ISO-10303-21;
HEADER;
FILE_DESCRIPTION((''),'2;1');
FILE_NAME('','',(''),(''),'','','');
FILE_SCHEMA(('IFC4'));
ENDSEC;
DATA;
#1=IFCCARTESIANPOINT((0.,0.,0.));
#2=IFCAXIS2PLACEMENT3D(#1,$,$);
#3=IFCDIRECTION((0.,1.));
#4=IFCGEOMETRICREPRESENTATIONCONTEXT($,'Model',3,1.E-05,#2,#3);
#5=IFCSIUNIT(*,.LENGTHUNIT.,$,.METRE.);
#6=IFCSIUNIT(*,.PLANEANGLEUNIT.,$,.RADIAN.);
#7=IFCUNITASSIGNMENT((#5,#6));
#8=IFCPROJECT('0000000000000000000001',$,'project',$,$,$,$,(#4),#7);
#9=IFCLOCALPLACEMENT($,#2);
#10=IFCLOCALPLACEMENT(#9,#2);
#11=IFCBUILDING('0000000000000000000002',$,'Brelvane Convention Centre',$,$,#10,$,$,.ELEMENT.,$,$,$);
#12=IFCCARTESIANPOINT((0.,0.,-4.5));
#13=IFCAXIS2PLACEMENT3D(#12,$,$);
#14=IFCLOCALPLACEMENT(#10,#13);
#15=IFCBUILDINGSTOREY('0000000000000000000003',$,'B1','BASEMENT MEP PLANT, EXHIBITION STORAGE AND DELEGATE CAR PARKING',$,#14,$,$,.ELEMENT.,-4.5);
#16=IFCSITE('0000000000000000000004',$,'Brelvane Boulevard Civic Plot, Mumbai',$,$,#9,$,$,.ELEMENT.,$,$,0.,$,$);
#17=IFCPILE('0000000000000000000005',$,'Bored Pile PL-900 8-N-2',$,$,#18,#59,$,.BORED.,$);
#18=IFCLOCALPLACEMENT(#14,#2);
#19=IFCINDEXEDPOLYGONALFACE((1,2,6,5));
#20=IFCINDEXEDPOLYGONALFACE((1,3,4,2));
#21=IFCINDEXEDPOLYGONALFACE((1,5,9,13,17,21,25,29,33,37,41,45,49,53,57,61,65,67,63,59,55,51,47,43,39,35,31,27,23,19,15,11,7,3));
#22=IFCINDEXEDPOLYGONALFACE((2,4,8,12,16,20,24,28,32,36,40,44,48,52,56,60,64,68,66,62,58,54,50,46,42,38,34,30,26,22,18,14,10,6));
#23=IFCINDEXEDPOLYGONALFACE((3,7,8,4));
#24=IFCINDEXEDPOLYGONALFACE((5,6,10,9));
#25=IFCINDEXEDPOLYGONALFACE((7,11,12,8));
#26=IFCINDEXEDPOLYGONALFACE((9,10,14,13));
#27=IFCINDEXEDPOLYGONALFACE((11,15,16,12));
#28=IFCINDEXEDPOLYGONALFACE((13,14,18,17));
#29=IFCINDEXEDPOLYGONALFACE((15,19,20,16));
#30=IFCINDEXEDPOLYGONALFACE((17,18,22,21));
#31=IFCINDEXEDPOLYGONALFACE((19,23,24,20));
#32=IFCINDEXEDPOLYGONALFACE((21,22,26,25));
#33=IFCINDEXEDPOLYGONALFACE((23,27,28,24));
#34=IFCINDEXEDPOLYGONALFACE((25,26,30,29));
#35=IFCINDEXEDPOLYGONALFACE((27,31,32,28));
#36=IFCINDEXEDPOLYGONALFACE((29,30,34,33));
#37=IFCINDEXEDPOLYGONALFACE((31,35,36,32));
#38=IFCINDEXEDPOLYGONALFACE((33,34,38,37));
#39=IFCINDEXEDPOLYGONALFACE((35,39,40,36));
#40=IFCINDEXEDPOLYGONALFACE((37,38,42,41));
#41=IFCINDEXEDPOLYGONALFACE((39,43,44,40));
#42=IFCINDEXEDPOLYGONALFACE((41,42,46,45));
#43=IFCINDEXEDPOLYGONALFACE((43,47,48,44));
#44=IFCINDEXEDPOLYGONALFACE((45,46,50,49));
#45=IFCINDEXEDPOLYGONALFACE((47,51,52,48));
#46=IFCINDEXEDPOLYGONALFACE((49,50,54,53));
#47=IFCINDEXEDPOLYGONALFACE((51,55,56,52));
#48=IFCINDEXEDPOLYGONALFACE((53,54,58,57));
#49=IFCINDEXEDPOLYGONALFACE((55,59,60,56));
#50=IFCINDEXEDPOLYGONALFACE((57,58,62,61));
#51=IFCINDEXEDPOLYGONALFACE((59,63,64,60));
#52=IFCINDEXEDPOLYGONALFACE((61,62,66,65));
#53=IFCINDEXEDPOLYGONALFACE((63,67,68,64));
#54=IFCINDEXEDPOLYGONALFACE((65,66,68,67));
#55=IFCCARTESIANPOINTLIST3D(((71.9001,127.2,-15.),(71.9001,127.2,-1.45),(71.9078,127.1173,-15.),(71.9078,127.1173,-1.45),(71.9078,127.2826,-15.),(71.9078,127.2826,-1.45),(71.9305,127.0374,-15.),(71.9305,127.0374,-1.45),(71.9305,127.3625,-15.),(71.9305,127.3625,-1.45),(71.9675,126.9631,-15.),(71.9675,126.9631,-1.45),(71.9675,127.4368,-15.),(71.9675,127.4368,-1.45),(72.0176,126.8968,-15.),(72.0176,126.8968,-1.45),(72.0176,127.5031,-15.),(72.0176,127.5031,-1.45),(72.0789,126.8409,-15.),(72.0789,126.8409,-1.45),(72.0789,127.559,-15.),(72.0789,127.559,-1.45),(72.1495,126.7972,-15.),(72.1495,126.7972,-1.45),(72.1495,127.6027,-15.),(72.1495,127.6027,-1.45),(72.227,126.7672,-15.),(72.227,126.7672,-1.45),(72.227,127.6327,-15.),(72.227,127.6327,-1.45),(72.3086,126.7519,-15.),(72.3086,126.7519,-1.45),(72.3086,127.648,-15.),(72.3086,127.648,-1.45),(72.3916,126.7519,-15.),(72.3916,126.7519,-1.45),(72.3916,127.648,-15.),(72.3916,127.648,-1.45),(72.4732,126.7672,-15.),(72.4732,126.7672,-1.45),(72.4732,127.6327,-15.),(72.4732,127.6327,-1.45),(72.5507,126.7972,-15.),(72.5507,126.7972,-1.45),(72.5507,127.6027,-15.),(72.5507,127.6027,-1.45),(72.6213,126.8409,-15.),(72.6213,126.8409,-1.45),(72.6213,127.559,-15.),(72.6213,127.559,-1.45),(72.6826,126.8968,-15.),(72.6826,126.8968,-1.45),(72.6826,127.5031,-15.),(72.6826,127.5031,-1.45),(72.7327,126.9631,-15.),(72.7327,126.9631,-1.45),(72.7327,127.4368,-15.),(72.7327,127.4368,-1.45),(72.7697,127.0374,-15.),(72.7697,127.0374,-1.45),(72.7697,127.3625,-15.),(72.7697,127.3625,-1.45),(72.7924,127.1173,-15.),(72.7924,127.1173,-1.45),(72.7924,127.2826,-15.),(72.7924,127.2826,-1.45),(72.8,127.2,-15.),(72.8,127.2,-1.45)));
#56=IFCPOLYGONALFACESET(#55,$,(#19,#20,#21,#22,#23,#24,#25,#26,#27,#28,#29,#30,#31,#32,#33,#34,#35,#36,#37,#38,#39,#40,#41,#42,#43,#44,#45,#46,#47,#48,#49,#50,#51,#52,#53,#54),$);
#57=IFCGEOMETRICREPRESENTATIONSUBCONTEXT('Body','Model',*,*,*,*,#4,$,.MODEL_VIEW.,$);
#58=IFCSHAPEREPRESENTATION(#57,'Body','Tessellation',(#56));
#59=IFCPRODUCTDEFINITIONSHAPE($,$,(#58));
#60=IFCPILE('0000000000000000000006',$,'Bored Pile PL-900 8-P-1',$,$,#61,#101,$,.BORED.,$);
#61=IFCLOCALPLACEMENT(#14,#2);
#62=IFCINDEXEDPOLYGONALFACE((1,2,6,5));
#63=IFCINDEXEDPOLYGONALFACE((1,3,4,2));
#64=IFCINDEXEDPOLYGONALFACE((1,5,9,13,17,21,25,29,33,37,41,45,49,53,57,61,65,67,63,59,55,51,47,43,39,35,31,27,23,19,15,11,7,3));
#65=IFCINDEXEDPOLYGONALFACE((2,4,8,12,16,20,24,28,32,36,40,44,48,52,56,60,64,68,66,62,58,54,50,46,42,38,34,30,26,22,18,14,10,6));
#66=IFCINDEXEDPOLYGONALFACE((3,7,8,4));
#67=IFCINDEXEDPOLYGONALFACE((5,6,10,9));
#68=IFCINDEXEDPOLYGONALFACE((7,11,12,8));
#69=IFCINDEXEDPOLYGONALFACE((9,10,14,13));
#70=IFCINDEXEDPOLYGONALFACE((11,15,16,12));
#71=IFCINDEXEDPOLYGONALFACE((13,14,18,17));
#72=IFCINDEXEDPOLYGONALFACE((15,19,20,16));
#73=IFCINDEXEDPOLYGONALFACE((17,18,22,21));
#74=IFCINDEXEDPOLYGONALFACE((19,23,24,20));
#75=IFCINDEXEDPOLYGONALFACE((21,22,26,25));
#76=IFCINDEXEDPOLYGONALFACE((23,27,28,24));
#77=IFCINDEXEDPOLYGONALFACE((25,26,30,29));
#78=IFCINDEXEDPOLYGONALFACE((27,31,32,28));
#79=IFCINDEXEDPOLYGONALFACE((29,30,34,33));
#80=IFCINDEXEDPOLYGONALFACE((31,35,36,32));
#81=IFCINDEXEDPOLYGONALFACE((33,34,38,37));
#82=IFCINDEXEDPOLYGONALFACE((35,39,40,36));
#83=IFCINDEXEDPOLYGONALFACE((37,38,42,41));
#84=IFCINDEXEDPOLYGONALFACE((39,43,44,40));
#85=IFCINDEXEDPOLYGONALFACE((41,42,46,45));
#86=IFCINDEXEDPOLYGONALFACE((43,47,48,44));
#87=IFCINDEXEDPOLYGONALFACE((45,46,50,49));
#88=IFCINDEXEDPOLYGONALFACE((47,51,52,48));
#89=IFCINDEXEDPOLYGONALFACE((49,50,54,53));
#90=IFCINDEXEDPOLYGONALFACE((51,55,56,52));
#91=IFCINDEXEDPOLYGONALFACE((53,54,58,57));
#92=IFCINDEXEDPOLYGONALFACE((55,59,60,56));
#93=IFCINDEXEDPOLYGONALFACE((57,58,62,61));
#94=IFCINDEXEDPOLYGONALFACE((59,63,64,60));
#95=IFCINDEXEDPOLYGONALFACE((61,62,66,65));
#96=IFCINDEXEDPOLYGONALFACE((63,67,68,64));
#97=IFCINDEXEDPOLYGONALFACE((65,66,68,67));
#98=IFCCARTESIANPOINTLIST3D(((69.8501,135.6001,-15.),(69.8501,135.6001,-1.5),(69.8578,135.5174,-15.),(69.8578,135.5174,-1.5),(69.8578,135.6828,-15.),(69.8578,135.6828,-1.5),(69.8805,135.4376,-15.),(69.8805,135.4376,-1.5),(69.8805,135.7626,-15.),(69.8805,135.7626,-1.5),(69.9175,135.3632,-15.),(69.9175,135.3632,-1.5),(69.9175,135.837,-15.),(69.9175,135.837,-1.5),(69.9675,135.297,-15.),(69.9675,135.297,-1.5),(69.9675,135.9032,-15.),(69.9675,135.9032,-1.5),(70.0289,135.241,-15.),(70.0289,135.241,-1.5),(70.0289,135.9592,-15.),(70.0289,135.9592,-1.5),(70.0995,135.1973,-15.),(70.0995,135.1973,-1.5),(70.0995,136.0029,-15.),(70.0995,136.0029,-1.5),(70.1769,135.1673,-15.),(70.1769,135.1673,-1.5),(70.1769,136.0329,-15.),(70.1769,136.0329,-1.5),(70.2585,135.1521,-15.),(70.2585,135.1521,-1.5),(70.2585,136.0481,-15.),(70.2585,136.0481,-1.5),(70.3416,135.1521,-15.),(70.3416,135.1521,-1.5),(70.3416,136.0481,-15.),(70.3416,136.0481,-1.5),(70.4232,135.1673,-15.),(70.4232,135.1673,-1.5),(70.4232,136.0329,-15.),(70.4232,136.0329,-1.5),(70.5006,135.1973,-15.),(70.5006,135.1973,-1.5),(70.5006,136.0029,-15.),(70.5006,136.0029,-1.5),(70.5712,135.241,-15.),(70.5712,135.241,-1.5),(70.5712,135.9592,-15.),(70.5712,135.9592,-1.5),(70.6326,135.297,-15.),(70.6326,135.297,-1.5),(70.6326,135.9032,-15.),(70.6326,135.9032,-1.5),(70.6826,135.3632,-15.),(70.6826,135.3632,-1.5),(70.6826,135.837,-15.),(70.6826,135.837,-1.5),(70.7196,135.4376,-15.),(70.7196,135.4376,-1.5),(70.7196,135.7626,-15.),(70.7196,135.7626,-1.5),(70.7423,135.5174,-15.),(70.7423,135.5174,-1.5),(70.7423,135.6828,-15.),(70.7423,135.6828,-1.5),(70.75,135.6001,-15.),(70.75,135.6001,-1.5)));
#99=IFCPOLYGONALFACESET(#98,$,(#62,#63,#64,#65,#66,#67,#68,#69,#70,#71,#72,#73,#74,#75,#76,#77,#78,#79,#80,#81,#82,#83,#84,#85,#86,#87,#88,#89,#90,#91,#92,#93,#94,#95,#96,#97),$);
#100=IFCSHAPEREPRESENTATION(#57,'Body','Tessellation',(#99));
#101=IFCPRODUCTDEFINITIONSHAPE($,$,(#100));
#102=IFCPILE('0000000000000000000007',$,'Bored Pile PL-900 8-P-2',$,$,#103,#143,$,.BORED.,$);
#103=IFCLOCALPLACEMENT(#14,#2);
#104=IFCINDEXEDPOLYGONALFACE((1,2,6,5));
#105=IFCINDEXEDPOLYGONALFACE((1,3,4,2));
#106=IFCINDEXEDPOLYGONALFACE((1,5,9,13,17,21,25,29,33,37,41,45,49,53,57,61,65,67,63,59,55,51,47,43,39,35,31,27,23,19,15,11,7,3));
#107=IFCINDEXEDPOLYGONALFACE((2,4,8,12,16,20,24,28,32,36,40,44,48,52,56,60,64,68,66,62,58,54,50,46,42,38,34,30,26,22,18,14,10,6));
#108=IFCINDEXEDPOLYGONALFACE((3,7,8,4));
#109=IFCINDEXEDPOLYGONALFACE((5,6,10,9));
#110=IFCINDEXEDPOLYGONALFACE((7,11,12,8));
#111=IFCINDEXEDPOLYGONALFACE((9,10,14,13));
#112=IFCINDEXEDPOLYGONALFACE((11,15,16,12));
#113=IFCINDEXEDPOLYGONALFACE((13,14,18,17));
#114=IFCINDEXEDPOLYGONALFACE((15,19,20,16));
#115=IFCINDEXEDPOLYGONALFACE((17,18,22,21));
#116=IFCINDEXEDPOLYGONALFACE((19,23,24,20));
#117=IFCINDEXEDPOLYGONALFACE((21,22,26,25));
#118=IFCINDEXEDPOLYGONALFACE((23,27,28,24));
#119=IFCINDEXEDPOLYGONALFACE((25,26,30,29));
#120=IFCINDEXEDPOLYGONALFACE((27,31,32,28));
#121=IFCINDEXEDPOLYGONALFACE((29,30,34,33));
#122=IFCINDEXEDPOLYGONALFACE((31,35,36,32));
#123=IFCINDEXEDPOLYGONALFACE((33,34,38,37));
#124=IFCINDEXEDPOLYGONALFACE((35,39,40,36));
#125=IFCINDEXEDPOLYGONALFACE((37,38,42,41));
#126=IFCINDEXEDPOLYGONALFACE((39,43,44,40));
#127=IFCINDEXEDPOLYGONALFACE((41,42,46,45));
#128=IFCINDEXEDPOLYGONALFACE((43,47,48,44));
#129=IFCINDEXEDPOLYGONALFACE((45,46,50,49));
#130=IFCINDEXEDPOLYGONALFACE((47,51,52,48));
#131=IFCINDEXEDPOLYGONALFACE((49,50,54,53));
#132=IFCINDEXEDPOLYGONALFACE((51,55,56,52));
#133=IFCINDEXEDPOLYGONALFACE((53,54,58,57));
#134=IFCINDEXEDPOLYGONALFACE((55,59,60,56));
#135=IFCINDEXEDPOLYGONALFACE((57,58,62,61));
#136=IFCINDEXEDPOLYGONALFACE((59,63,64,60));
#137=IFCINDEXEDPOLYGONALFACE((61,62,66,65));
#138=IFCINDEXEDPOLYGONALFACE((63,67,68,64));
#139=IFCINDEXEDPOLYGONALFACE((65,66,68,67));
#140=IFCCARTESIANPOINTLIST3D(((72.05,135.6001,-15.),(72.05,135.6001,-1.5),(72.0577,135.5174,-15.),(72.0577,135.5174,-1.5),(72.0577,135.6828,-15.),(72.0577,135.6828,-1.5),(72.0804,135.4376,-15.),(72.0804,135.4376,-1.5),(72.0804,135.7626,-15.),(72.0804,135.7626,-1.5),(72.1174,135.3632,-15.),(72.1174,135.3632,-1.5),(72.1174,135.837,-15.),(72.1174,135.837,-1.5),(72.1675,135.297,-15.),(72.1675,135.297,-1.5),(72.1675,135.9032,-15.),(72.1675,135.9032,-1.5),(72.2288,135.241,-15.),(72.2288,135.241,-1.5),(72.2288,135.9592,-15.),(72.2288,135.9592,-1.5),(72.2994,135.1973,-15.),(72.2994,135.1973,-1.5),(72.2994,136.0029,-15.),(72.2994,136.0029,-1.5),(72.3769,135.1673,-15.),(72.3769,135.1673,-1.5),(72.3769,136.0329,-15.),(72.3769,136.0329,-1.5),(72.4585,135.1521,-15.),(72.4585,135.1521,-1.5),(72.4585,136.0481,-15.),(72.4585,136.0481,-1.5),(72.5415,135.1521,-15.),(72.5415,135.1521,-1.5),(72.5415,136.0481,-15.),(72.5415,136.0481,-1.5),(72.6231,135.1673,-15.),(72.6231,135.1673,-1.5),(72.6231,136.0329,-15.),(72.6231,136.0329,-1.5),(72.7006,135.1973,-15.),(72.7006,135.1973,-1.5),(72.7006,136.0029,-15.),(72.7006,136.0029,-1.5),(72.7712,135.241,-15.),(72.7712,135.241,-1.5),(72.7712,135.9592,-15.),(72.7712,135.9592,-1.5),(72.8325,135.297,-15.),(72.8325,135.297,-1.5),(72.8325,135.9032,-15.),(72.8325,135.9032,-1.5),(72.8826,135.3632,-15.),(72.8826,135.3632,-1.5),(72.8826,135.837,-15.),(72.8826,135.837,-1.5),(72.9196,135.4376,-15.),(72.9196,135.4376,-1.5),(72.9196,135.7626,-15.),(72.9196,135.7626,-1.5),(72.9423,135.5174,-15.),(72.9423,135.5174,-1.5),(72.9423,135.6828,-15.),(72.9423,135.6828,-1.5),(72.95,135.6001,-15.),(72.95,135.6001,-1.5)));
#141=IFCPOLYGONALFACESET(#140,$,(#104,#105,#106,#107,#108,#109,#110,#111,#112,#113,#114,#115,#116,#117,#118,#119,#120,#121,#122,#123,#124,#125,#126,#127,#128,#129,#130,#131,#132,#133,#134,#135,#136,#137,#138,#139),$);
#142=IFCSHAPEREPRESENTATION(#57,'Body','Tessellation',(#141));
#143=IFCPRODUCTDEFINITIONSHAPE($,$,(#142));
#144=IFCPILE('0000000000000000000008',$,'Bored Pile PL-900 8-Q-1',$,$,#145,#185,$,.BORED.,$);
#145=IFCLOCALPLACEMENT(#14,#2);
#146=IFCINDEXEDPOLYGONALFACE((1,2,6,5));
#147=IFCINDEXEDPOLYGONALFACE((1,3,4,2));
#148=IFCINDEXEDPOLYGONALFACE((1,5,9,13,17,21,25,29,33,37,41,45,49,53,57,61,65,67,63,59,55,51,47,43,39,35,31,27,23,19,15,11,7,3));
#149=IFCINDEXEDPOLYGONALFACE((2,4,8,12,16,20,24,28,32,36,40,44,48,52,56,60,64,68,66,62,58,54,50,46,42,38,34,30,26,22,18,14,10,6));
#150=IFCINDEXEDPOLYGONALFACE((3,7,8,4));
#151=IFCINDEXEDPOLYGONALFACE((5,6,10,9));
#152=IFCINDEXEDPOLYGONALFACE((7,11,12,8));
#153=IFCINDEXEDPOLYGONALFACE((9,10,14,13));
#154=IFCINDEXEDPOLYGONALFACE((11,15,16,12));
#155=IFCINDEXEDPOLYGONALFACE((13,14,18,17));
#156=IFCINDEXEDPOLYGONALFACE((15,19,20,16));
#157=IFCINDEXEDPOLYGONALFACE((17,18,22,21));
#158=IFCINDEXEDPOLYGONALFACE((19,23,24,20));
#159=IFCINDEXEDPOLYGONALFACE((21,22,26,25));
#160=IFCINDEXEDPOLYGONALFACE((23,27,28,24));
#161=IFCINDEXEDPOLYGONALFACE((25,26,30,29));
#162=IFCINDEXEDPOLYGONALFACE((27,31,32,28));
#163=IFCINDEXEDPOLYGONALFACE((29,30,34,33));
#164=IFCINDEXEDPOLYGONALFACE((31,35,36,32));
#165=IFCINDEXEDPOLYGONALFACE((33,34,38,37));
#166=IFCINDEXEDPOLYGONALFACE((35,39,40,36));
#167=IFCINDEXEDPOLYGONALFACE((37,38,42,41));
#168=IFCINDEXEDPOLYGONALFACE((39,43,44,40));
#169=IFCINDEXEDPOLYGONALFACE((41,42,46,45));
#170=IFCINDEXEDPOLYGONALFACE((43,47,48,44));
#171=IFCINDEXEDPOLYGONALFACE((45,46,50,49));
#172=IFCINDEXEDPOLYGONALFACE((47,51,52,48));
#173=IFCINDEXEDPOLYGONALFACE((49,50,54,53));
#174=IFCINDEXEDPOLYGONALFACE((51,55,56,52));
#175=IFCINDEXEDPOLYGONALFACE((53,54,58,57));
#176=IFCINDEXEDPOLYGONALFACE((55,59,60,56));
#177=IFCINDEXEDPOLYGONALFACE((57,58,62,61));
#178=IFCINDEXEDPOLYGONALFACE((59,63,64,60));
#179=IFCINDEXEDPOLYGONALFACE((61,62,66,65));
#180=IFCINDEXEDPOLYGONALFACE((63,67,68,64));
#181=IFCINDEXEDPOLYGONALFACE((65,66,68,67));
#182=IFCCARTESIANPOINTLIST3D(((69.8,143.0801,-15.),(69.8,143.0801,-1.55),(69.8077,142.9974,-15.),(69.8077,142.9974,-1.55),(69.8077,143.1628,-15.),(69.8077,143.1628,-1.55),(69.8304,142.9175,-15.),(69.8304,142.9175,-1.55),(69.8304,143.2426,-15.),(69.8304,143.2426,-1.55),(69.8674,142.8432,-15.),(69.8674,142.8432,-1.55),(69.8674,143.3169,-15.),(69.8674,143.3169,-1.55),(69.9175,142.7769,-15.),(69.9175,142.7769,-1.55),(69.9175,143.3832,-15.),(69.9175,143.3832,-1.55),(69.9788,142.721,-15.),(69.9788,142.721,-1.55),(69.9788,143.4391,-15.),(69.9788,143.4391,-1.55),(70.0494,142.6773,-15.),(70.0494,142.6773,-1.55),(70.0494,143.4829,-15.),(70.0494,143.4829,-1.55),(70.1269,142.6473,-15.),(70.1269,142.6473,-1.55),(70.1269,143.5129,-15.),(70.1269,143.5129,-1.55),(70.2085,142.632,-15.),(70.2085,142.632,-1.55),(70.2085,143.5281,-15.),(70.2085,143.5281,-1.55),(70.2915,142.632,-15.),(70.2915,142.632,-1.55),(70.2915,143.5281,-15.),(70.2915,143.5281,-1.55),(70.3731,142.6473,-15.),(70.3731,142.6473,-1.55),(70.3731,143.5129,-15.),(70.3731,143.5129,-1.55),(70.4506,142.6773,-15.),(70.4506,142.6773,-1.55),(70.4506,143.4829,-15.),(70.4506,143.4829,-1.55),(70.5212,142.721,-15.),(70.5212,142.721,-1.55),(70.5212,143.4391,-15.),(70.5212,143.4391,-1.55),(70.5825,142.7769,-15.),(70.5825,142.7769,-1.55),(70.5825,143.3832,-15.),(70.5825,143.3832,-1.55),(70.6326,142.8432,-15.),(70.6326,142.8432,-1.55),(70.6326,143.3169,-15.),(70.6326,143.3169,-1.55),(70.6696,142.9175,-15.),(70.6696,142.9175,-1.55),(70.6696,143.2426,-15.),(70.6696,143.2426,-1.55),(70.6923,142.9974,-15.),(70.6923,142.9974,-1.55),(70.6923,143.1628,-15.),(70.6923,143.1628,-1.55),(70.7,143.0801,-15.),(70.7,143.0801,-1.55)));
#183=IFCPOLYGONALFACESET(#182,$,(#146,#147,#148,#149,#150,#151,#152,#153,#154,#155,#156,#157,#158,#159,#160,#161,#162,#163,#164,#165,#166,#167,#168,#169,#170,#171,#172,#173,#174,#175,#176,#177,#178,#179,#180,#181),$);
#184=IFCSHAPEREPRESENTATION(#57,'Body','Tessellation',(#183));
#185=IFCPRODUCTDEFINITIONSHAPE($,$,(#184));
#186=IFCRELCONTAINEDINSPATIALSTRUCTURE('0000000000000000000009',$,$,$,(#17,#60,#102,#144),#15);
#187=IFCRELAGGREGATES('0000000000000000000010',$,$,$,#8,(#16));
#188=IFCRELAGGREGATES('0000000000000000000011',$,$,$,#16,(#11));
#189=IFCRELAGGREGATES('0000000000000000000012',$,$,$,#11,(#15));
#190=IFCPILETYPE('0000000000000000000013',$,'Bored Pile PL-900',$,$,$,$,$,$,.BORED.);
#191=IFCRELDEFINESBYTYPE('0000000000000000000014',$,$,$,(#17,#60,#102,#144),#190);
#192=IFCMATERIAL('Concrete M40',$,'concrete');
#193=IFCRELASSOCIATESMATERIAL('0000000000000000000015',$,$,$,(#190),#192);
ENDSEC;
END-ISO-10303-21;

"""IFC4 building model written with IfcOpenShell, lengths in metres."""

from ifc_helpers import new_model, si_unit, direction, frame, origin, origin_2d, place, context, subcontext, project, spatial, circle, extrude, material, material_profile, profile_set, type_object, element, save


model = new_model("IFC4")

# Units and contexts
model_context = context("Model", 3, precision=1e-05, world=origin(), true_north=direction((0.0, 1.0)))
body_context = subcontext(model_context, "Body", "Model", "MODEL_VIEW")
ifc_project = project(units=[si_unit("LENGTHUNIT", "METRE"), si_unit("PLANEANGLEUNIT", "RADIAN")], contexts=[model_context])

# Site, building, storey
site_placement = place(None, origin())
site = spatial("IfcSite", under=ifc_project, at=site_placement, Name="Brelvane Boulevard Civic Plot, Mumbai", CompositionType="ELEMENT", RefElevation=0.0)
building_placement = place(site_placement, origin())
building = spatial("IfcBuilding", under=site, at=building_placement, Name="Brelvane Convention Centre", CompositionType="ELEMENT")
storey_placement = place(building_placement, frame((0.0, 0.0, -4.5)))
storey = spatial("IfcBuildingStorey", under=building, at=storey_placement, Name="B1", Description="BASEMENT MEP PLANT, EXHIBITION STORAGE AND DELEGATE CAR PARKING", CompositionType="ELEMENT", Elevation=-4.5)

# Piles
ifc_material_1 = material(Name="Concrete M40", Category="concrete")
ifc_material_profile_1 = material_profile(ifc_material_1, circle(Radius=0.45, at=origin_2d()), Name="PILE D900")
ifc_profile_set_1 = profile_set([ifc_material_profile_1], Name="Concrete M40")
pile_type = type_object("IfcPileType", Name="Bored Pile PL-900", PredefinedType="BORED", material=ifc_profile_set_1)
for number, where, z_axis, x_axis, name in (
    (1, (72.3501, 127.2, -1.45), (0.0, 0.0, -1.0), (1.0, 0.0, 0.0), "Bored Pile PL-900 8-N-2"),
):
    element("IfcPile", number, at=place(storey_placement, frame(where, z_axis=z_axis, x_axis=x_axis)), inside=storey, type_object=pile_type, Name=name, PredefinedType="BORED", context=body_context, shape_type="SweptSolid", body=[
        extrude(circle(Radius=0.45, at=origin_2d()), origin(), (0.0, 0.0, 1.0), 13.55),
    ])
for number, where, z_axis, x_axis, name in (
    (2, (70.3, 135.6001, -1.5), (0.0, 0.0, -1.0), (1.0, 0.0, 0.0), "Bored Pile PL-900 8-P-1"),
    (3, (72.5, 135.6001, -1.5), (0.0, 0.0, -1.0), (1.0, 0.0, 0.0), "Bored Pile PL-900 8-P-2"),
):
    element("IfcPile", number, at=place(storey_placement, frame(where, z_axis=z_axis, x_axis=x_axis)), inside=storey, type_object=pile_type, Name=name, PredefinedType="BORED", context=body_context, shape_type="SweptSolid", body=[
        extrude(circle(Radius=0.45, at=origin_2d()), origin(), (0.0, 0.0, 1.0), 13.5),
    ])
for number, where, z_axis, x_axis, name in (
    (4, (70.25, 143.0801, -1.55), (0.0, 0.0, -1.0), (1.0, 0.0, 0.0), "Bored Pile PL-900 8-Q-1"),
):
    element("IfcPile", number, at=place(storey_placement, frame(where, z_axis=z_axis, x_axis=x_axis)), inside=storey, type_object=pile_type, Name=name, PredefinedType="BORED", context=body_context, shape_type="SweptSolid", body=[
        extrude(circle(Radius=0.45, at=origin_2d()), origin(), (0.0, 0.0, 1.0), 13.45),
    ])

save(model, "model.ifc")
